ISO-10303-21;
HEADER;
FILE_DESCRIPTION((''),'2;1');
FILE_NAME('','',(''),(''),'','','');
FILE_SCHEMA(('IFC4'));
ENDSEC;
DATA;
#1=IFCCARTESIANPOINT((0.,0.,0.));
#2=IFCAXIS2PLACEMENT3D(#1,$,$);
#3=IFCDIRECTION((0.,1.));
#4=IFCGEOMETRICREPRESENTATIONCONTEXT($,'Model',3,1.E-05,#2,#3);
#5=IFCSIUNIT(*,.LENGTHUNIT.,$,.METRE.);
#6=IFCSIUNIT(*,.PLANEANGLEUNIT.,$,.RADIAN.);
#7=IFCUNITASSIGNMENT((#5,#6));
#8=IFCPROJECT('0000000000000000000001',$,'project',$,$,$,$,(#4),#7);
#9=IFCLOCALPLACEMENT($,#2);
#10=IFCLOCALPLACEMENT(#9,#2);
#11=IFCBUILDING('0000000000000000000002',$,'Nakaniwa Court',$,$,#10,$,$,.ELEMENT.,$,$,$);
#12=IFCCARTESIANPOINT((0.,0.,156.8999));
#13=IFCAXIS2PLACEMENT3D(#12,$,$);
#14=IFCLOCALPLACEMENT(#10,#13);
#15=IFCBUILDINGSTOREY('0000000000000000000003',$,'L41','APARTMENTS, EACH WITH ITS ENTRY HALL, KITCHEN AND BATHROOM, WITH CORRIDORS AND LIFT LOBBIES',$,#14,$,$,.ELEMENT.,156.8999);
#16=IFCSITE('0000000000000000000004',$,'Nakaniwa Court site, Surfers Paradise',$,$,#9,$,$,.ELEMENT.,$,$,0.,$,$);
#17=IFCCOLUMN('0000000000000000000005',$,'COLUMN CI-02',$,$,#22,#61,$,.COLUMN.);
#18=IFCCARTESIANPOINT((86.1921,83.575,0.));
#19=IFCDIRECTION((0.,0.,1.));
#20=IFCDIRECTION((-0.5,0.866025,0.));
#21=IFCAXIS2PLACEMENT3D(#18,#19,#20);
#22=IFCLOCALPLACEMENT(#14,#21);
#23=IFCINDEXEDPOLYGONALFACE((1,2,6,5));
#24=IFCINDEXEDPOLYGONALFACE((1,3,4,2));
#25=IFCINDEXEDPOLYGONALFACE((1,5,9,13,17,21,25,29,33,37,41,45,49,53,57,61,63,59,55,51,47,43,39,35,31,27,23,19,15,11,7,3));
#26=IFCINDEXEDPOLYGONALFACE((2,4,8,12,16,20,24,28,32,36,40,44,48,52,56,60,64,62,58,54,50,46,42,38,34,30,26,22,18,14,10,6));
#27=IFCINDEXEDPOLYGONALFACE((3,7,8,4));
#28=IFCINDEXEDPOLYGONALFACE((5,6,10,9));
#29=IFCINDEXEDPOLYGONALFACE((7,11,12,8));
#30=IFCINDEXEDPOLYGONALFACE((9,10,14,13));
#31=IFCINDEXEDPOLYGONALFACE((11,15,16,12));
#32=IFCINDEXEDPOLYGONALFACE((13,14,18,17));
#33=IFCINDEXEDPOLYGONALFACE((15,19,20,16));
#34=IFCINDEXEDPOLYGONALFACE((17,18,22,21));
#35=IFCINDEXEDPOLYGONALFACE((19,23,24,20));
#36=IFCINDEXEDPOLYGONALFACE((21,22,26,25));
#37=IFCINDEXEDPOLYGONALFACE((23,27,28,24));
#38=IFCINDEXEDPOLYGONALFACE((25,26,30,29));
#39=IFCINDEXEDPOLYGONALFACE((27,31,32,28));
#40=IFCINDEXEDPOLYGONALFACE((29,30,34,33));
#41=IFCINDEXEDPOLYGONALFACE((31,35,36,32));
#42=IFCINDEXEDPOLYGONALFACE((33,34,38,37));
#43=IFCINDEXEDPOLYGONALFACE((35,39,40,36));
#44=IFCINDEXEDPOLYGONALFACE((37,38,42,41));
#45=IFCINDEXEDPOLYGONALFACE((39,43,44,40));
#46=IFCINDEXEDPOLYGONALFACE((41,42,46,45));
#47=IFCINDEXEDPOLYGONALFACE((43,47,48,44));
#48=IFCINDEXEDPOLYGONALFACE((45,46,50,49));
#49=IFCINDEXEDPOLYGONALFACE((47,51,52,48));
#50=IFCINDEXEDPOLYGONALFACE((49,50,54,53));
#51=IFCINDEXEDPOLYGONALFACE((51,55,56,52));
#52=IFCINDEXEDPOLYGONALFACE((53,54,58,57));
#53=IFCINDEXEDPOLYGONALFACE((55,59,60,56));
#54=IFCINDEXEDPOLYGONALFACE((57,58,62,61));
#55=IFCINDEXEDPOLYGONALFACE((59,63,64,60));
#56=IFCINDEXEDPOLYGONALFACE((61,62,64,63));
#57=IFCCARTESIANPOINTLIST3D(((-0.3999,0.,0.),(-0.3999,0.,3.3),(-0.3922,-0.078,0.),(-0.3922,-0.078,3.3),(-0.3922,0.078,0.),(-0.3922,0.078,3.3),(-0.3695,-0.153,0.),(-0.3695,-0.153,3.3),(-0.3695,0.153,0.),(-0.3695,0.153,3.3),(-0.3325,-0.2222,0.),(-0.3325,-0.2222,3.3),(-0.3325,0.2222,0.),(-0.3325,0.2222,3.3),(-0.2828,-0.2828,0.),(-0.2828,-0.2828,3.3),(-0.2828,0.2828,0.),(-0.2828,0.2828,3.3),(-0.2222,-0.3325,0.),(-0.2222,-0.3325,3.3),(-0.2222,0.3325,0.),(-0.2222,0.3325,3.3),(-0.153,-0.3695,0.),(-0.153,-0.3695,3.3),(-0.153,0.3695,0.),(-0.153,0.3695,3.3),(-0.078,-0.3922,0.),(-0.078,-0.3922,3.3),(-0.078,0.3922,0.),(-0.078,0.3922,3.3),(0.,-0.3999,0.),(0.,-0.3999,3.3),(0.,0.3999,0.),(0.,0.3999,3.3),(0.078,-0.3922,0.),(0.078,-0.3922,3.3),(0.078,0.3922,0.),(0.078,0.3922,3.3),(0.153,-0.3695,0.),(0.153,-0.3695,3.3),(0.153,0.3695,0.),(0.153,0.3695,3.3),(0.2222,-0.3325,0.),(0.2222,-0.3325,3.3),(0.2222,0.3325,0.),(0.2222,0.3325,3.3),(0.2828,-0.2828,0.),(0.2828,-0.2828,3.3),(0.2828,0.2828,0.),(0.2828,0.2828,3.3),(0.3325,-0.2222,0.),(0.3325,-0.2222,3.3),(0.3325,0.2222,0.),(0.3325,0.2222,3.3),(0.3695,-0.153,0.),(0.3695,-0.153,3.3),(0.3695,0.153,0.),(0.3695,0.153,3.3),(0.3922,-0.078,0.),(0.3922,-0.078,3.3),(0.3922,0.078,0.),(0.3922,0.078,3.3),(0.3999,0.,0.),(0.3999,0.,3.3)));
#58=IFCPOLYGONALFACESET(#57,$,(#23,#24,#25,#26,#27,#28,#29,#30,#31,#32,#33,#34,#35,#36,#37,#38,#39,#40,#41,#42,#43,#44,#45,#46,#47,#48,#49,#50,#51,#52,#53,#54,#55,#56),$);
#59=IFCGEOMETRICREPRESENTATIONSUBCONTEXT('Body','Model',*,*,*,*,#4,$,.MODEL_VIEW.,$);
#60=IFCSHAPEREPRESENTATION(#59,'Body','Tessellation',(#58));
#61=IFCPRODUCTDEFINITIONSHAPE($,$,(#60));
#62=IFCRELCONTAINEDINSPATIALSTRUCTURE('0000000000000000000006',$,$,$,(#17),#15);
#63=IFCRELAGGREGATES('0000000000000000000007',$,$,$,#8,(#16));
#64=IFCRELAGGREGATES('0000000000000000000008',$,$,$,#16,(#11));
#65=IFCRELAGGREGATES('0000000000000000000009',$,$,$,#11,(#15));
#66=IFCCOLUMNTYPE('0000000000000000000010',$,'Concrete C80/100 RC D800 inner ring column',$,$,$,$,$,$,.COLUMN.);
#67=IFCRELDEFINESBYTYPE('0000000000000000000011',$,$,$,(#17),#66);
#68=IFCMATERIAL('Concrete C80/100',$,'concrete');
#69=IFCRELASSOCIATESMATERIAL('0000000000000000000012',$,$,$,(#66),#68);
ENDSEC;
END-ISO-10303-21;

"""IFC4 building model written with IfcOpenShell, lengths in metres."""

from ifc_helpers import new_model, si_unit, direction, frame, origin, origin_2d, place, context, subcontext, project, spatial, circle, extrude, material, material_profile, profile_set, type_object, element, save


model = new_model("IFC4")

# Units and contexts
model_context = context("Model", 3, precision=1e-05, world=origin(), true_north=direction((0.0, 1.0)))
body_context = subcontext(model_context, "Body", "Model", "MODEL_VIEW")
ifc_project = project(units=[si_unit("LENGTHUNIT", "METRE"), si_unit("PLANEANGLEUNIT", "RADIAN")], contexts=[model_context])

# Site, building, storey
site_placement = place(None, origin())
site = spatial("IfcSite", under=ifc_project, at=site_placement, Name="Nakaniwa Court site, Surfers Paradise", CompositionType="ELEMENT", RefElevation=0.0)
building_placement = place(site_placement, origin())
building = spatial("IfcBuilding", under=site, at=building_placement, Name="Nakaniwa Court", CompositionType="ELEMENT")
storey_placement = place(building_placement, frame((0.0, 0.0, 156.8999)))
storey = spatial("IfcBuildingStorey", under=building, at=storey_placement, Name="L41", Description="APARTMENTS, EACH WITH ITS ENTRY HALL, KITCHEN AND BATHROOM, WITH CORRIDORS AND LIFT LOBBIES", CompositionType="ELEMENT", Elevation=156.8999)

# Column
ifc_material_1 = material(Name="Concrete C80/100", Category="concrete")
ifc_material_profile_1 = material_profile(ifc_material_1, circle(Radius=0.3999, at=origin_2d()), Name="Concrete C80/100 RC D800 inner ring column")
ifc_profile_set_1 = profile_set([ifc_material_profile_1], Name="Concrete C80/100")
column_type = type_object("IfcColumnType", Name="Concrete C80/100 RC D800 inner ring column", PredefinedType="COLUMN", material=ifc_profile_set_1)
column_placement = place(storey_placement, frame((86.1921, 83.575, 0.0), z_axis=(0.0, 0.0, 1.0), x_axis=(-0.5, 0.866025, 0.0)))
element("IfcColumn", 1, at=column_placement, inside=storey, type_object=column_type, Name="COLUMN CI-02", PredefinedType="COLUMN", context=body_context, shape_type="SweptSolid", body=[
    extrude(circle(Radius=0.3999, at=origin_2d()), origin(), (0.0, 0.0, 1.0), 3.3),
])

save(model, "model.ifc")
